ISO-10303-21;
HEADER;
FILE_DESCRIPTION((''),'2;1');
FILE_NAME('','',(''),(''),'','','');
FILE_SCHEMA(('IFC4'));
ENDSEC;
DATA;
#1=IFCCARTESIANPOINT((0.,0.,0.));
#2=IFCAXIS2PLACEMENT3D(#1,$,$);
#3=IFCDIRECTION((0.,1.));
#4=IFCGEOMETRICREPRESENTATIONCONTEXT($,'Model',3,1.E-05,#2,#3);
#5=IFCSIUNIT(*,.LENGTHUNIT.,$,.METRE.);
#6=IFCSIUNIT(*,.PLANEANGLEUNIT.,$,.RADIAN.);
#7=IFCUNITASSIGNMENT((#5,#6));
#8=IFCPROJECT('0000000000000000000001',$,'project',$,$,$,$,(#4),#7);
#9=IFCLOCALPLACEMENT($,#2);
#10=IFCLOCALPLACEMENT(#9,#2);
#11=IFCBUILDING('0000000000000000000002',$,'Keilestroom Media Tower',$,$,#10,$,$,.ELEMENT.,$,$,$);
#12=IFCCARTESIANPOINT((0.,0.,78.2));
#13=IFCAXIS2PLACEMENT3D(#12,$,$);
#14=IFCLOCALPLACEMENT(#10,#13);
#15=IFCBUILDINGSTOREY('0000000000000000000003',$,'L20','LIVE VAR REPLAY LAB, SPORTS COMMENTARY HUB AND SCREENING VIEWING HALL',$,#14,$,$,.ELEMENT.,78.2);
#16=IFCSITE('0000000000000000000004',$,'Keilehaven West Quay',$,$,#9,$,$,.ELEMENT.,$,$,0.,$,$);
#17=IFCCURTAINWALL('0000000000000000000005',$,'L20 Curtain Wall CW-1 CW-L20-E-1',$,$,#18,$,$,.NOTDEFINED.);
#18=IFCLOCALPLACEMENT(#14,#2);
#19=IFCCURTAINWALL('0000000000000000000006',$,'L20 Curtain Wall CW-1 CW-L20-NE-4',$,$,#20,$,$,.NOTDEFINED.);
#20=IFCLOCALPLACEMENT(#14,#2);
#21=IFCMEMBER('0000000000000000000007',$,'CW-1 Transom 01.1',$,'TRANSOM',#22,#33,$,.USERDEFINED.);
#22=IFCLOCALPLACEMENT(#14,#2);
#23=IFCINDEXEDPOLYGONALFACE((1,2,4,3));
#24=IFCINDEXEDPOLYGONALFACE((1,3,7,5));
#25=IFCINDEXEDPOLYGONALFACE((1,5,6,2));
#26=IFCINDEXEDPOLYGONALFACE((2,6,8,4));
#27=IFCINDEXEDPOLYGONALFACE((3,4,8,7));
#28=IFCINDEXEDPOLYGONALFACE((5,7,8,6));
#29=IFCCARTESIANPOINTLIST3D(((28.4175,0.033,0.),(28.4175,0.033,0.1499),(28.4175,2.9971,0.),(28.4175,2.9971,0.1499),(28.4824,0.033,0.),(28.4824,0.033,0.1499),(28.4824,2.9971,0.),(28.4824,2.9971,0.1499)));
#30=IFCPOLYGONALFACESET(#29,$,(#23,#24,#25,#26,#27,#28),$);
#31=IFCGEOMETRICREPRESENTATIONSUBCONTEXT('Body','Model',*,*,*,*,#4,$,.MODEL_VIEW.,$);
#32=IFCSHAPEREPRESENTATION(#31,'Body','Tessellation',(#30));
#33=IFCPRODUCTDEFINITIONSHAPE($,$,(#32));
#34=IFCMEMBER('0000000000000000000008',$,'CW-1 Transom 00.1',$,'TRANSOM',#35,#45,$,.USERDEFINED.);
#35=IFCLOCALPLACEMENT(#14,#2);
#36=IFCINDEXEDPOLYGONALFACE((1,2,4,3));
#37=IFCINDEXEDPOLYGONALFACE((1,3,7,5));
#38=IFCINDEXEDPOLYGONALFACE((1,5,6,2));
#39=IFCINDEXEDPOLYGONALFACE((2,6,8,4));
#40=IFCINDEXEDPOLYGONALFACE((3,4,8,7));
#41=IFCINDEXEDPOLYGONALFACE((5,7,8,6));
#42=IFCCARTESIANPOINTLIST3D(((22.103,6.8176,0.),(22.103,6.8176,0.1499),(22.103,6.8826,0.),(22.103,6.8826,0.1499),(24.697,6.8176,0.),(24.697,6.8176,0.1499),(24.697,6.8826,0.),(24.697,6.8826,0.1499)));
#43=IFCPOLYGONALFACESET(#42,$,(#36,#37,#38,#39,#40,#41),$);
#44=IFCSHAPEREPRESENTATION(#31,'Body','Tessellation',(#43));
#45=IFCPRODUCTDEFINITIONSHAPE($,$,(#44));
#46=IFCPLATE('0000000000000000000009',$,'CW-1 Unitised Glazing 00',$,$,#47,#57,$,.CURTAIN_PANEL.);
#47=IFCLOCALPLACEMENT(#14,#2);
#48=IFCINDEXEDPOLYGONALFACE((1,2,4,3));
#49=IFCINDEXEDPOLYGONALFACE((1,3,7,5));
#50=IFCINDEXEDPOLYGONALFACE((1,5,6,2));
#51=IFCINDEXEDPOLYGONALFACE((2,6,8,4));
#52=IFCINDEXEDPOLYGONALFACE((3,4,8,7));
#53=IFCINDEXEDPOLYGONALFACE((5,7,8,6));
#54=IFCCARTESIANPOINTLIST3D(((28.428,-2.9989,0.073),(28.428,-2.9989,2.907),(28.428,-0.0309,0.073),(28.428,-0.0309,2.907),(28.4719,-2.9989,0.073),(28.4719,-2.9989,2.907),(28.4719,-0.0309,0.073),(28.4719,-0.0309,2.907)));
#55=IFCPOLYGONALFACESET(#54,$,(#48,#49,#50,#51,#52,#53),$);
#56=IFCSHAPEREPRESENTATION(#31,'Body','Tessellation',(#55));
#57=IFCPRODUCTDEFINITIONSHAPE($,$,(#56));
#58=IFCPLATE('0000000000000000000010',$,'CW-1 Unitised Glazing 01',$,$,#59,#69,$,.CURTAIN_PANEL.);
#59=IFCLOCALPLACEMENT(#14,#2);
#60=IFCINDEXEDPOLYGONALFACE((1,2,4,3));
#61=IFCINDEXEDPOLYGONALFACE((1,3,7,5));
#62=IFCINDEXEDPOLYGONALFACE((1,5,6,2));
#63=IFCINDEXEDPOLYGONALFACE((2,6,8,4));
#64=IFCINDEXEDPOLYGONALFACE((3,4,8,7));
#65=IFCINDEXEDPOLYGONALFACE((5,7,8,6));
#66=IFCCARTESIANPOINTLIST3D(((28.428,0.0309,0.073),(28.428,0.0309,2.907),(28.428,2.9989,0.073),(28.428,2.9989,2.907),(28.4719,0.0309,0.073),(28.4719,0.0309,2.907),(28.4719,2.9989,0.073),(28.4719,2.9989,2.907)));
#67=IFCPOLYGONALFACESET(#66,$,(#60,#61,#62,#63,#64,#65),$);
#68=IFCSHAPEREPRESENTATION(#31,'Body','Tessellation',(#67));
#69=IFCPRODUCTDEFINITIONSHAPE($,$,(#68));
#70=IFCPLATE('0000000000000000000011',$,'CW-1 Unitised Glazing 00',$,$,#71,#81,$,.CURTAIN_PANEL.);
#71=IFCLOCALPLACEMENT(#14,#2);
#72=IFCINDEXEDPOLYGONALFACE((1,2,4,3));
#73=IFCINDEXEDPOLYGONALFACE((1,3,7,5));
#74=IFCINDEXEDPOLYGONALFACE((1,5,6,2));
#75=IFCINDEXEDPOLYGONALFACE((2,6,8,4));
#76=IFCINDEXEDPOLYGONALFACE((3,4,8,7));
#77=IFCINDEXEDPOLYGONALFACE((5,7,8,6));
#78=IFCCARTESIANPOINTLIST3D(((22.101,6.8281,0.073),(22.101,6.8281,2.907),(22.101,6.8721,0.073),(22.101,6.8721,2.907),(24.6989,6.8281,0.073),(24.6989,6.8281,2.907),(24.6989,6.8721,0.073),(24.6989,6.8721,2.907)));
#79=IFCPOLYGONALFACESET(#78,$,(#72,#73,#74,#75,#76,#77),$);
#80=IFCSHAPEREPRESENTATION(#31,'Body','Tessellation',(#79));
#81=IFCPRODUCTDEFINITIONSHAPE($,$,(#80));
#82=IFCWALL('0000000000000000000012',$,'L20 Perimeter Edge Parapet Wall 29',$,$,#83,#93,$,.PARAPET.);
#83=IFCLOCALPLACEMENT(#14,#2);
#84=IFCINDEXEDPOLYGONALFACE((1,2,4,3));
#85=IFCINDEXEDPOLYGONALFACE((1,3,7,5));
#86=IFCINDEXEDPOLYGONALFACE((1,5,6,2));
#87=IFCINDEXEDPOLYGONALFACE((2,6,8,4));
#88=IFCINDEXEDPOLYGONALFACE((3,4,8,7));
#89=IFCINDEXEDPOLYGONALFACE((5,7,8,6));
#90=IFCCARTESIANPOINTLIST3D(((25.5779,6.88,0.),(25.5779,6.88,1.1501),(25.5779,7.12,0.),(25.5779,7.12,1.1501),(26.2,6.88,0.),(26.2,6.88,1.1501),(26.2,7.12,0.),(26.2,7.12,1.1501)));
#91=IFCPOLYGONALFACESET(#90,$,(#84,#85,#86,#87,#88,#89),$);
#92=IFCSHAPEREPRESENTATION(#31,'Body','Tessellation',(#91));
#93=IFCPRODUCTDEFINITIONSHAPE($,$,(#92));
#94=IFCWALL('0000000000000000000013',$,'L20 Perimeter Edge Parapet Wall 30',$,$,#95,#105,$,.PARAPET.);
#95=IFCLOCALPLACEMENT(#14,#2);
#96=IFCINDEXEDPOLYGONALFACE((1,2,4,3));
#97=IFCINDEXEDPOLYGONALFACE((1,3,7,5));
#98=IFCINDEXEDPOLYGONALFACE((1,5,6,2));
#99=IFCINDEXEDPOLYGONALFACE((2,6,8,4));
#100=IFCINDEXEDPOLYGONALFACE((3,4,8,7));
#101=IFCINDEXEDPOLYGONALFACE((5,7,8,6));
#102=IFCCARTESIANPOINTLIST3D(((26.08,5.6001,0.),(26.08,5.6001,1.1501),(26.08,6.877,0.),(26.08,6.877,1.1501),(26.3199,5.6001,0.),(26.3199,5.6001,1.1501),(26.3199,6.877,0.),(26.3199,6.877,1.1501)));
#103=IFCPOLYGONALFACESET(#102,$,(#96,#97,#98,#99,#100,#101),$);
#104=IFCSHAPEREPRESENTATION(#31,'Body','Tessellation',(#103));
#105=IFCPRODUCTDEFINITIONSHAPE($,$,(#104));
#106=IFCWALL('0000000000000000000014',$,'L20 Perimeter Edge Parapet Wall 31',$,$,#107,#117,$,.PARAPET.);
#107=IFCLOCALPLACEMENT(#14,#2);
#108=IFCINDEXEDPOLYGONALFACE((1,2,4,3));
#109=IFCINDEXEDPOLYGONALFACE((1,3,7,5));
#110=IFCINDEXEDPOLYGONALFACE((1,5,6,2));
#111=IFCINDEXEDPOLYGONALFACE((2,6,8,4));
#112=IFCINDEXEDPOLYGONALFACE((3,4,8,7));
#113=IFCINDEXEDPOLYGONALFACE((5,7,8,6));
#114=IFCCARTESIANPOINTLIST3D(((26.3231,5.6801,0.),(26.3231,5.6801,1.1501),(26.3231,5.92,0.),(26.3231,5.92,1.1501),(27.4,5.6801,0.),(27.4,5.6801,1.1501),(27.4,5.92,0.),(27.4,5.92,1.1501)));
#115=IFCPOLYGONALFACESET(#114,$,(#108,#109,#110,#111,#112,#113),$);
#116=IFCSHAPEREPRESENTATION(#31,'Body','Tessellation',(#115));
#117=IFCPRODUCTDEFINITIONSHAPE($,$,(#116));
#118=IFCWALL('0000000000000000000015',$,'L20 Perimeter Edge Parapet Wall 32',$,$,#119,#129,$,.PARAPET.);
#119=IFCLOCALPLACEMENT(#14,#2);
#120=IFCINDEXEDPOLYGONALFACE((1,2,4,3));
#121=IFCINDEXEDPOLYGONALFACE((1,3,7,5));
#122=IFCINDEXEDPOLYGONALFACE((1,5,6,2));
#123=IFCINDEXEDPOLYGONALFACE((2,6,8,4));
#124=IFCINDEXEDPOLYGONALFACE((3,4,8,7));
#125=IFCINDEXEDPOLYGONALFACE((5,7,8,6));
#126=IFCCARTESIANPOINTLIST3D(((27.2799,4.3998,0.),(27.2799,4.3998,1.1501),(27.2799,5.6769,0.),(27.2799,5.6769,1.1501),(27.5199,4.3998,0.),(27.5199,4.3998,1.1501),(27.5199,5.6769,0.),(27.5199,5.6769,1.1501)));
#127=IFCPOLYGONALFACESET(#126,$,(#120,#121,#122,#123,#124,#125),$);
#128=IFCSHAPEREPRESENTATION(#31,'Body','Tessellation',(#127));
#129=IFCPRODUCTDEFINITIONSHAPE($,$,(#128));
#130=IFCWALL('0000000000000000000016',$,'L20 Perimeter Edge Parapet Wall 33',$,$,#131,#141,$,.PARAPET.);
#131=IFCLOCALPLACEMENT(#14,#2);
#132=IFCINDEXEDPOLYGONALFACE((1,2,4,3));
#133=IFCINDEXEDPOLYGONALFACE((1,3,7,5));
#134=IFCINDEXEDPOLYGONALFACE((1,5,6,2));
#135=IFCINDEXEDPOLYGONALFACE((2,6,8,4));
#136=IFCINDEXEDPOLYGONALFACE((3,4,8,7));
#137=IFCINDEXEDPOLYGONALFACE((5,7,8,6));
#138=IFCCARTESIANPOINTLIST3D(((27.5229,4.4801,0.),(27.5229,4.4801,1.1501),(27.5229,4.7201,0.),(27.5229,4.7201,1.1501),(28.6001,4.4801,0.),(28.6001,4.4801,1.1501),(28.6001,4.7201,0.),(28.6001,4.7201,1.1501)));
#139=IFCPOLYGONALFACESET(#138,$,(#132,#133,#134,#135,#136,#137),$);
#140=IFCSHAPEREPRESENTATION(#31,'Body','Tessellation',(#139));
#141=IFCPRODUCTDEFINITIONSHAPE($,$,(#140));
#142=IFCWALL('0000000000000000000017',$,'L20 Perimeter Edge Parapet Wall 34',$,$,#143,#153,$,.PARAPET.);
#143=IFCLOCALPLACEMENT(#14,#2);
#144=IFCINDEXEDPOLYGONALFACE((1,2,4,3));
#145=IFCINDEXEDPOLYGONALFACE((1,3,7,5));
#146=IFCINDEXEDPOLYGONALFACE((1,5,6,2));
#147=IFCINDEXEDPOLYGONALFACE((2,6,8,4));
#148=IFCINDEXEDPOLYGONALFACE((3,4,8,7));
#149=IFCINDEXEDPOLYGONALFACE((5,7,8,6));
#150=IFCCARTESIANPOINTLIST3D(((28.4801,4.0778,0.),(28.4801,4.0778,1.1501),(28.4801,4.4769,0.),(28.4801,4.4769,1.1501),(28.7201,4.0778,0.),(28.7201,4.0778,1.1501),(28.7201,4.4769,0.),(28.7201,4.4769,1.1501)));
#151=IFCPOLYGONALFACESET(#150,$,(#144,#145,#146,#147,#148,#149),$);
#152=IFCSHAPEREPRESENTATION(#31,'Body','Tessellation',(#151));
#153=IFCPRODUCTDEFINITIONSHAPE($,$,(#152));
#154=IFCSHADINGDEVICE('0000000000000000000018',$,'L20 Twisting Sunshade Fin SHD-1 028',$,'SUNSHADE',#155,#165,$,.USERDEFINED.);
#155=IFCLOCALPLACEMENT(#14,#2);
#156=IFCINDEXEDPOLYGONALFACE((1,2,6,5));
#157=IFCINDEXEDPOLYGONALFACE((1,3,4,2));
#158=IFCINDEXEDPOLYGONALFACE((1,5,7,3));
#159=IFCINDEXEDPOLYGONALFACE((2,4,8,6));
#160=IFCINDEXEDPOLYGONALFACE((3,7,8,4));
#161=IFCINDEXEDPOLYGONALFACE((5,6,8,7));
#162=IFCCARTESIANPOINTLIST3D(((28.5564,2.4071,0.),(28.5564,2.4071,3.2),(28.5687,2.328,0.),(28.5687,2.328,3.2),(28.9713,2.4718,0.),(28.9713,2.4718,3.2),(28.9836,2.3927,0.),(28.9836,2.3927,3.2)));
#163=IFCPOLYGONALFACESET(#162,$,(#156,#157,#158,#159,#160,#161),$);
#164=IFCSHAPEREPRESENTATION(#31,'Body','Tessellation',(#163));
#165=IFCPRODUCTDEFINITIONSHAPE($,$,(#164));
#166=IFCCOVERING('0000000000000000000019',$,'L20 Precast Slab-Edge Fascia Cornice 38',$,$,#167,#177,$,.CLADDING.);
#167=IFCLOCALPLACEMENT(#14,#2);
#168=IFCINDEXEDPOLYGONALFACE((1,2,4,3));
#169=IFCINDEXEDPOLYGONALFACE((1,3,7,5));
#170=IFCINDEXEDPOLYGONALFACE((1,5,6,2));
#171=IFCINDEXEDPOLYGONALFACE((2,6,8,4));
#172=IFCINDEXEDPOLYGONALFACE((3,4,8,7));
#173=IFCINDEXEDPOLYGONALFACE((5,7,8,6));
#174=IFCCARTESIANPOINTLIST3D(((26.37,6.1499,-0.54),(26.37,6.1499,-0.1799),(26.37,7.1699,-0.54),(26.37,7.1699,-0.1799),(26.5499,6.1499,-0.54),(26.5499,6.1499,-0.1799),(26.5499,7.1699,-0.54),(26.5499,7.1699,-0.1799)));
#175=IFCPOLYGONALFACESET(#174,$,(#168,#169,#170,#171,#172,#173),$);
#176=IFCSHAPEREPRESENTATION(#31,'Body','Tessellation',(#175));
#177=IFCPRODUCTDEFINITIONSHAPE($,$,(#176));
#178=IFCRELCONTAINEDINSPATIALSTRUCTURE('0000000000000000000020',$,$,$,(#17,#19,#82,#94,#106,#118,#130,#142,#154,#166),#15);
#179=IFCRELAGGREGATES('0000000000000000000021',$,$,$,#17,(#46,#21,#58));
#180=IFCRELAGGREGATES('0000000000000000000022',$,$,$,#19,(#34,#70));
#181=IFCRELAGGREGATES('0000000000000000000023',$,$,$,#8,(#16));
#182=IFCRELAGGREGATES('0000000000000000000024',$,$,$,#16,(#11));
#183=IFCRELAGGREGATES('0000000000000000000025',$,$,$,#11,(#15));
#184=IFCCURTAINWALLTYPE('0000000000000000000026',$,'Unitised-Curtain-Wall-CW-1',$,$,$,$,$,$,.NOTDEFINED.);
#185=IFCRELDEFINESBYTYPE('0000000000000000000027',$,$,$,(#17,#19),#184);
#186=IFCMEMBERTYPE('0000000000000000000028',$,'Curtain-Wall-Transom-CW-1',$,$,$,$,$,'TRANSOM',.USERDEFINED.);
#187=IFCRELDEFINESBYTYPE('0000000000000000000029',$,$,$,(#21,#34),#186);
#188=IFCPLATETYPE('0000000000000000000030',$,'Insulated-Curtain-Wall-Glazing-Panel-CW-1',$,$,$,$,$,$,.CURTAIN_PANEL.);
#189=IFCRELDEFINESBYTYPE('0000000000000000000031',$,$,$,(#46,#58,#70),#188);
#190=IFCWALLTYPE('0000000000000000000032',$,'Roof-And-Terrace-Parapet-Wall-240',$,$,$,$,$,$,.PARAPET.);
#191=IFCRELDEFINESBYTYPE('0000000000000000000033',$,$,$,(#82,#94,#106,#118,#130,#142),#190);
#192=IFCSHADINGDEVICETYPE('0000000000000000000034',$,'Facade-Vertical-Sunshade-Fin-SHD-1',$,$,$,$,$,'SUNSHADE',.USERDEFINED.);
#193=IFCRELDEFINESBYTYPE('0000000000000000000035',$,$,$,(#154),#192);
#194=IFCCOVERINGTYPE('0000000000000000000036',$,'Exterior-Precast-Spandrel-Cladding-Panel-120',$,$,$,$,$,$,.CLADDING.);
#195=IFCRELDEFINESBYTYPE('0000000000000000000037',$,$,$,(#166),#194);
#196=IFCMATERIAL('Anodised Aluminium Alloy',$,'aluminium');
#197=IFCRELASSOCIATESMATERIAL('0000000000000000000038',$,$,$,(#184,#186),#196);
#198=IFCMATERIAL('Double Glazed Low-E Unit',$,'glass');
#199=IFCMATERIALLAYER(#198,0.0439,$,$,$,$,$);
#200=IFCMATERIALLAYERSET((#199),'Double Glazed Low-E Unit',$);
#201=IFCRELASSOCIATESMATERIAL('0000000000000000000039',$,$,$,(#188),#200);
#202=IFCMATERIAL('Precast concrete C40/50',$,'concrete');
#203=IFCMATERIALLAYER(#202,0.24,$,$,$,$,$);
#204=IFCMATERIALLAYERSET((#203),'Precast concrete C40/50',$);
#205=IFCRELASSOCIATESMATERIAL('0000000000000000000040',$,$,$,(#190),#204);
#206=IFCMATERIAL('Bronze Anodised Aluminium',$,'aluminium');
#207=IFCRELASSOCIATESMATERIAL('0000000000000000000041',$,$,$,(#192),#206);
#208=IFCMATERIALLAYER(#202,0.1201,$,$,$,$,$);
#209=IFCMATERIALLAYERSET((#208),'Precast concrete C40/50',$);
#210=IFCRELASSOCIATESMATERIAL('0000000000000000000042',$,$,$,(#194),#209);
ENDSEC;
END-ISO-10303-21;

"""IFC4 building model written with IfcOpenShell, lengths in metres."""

from ifc_helpers import new_model, si_unit, direction, frame, frame_2d, origin, origin_2d, place, context, subcontext, project, spatial, rectangle, extrude, source, transform, mapped, material, layer, layer_set, material_profile, profile_set, type_object, element, aggregate, save


model = new_model("IFC4")

# Units and contexts
model_context = context("Model", 3, precision=1e-05, world=origin(), true_north=direction((0.0, 1.0)))
body_context = subcontext(model_context, "Body", "Model", "MODEL_VIEW")
ifc_project = project(units=[si_unit("LENGTHUNIT", "METRE"), si_unit("PLANEANGLEUNIT", "RADIAN")], contexts=[model_context])

# Site, building, storey
site_placement = place(None, origin())
site = spatial("IfcSite", under=ifc_project, at=site_placement, Name="Keilehaven West Quay", CompositionType="ELEMENT", RefElevation=0.0)
building_placement = place(site_placement, origin())
building = spatial("IfcBuilding", under=site, at=building_placement, Name="Keilestroom Media Tower", CompositionType="ELEMENT")
storey_placement = place(building_placement, frame((0.0, 0.0, 78.2)))
storey = spatial("IfcBuildingStorey", under=building, at=storey_placement, Name="L20", Description="LIVE VAR REPLAY LAB, SPORTS COMMENTARY HUB AND SCREENING VIEWING HALL", CompositionType="ELEMENT", Elevation=78.2)

# Shared definitions
ifc_material_1 = material(Name="Precast concrete C40/50", Category="concrete")

# Curtain walls
ifc_material_2 = material(Name="Anodised Aluminium Alloy", Category="aluminium")
curtain_wall_type = type_object("IfcCurtainWallType", Name="Unitised-Curtain-Wall-CW-1", PredefinedType="NOTDEFINED", material=ifc_material_2)
curtain_wall_1_placement = place(storey_placement, origin())
curtain_wall_1 = element("IfcCurtainWall", 1, at=curtain_wall_1_placement, inside=storey, type_object=curtain_wall_type, Name="L20 Curtain Wall CW-1 CW-L20-E-1", PredefinedType="NOTDEFINED")
curtain_wall_2_placement = place(storey_placement, origin())
curtain_wall_2 = element("IfcCurtainWall", 2, at=curtain_wall_2_placement, inside=storey, type_object=curtain_wall_type, Name="L20 Curtain Wall CW-1 CW-L20-NE-4", PredefinedType="NOTDEFINED")

# Members
ifc_material_profile_1 = material_profile(ifc_material_2, rectangle(XDim=0.0649, YDim=0.1499, at=origin_2d()), Name="ALU TRANSOM 65x150")
ifc_profile_set_1 = profile_set([ifc_material_profile_1], Name="Anodised Aluminium Alloy")
member_type_1 = type_object("IfcMemberType", Name="Curtain-Wall-Transom-CW-1", ElementType="TRANSOM", PredefinedType="USERDEFINED", material=ifc_profile_set_1)
shared_shape_1 = source(origin(), body_context, "Body", "SweptSolid", [
    extrude(rectangle(XDim=0.0649, YDim=0.1499, at=origin_2d()), origin(), (0.0, 0.0, 1.0), 2.9641),
])
member_1_placement = place(storey_placement, frame((28.45, 0.033, 0.075), z_axis=(0.0, 1.0, 0.0), x_axis=(-1.0, 0.0, 0.0)))
member_1 = element("IfcMember", 3, at=member_1_placement, type_object=member_type_1, Name="CW-1 Transom 01.1", ObjectType="TRANSOM", PredefinedType="USERDEFINED", context=body_context, shape_type="MappedRepresentation", body=[
    mapped(shared_shape_1, transform((0.0, 0.0, 0.0), x_axis=(1.0, 0.0, 0.0), y_axis=(0.0, 1.0, 0.0), z_axis=(0.0, 0.0, 1.0), scale=1.0)),
])
shared_shape_2 = source(origin(), body_context, "Body", "SweptSolid", [
    extrude(rectangle(XDim=0.0649, YDim=0.1499, at=origin_2d()), origin(), (0.0, 0.0, 1.0), 2.594),
])
member_2_placement = place(storey_placement, frame((22.103, 6.8501, 0.075), z_axis=(1.0, 0.0, 0.0), x_axis=(0.0, 1.0, 0.0)))
member_2 = element("IfcMember", 4, at=member_2_placement, type_object=member_type_1, Name="CW-1 Transom 00.1", ObjectType="TRANSOM", PredefinedType="USERDEFINED", context=body_context, shape_type="MappedRepresentation", body=[
    mapped(shared_shape_2, transform((0.0, 0.0, 0.0), x_axis=(1.0, 0.0, 0.0), y_axis=(0.0, 1.0, 0.0), z_axis=(0.0, 0.0, 1.0), scale=1.0)),
])

# Plates
ifc_material_3 = material(Name="Double Glazed Low-E Unit", Category="glass")
ifc_layer_1 = layer(ifc_material_3, 0.0439)
ifc_layer_set_1 = layer_set([ifc_layer_1], Name="Double Glazed Low-E Unit")
plate_type = type_object("IfcPlateType", Name="Insulated-Curtain-Wall-Glazing-Panel-CW-1", PredefinedType="CURTAIN_PANEL", material=ifc_layer_set_1)
shared_shape_3 = source(origin(), body_context, "Body", "SweptSolid", [
    extrude(rectangle(XDim=2.968, YDim=0.0439, at=origin_2d()), origin(), (0.0, 0.0, 1.0), 2.834),
])
plate_1_placement = place(storey_placement, frame((28.45, -1.5149, 0.073), z_axis=(0.0, 0.0, 1.0), x_axis=(0.0, 1.0, 0.0)))
plate_1 = element("IfcPlate", 5, at=plate_1_placement, type_object=plate_type, Name="CW-1 Unitised Glazing 00", PredefinedType="CURTAIN_PANEL", context=body_context, shape_type="MappedRepresentation", body=[
    mapped(shared_shape_3, transform((0.0, 0.0, 0.0), x_axis=(1.0, 0.0, 0.0), y_axis=(0.0, 1.0, 0.0), z_axis=(0.0, 0.0, 1.0), scale=1.0)),
])
plate_2_placement = place(storey_placement, frame((28.45, 1.5149, 0.073), z_axis=(0.0, 0.0, 1.0), x_axis=(0.0, 1.0, 0.0)))
plate_2 = element("IfcPlate", 6, at=plate_2_placement, type_object=plate_type, Name="CW-1 Unitised Glazing 01", PredefinedType="CURTAIN_PANEL", context=body_context, shape_type="MappedRepresentation", body=[
    mapped(shared_shape_3, transform((0.0, 0.0, 0.0), x_axis=(1.0, 0.0, 0.0), y_axis=(0.0, 1.0, 0.0), z_axis=(0.0, 0.0, 1.0), scale=1.0)),
])
aggregate(curtain_wall_1, [plate_1, member_1, plate_2])
shared_shape_4 = source(origin(), body_context, "Body", "SweptSolid", [
    extrude(rectangle(XDim=2.5979, YDim=0.0439, at=origin_2d()), origin(), (0.0, 0.0, 1.0), 2.834),
])
plate_3_placement = place(storey_placement, frame((23.3999, 6.8501, 0.073), z_axis=(0.0, 0.0, 1.0), x_axis=(1.0, 0.0, 0.0)))
plate_3 = element("IfcPlate", 7, at=plate_3_placement, type_object=plate_type, Name="CW-1 Unitised Glazing 00", PredefinedType="CURTAIN_PANEL", context=body_context, shape_type="MappedRepresentation", body=[
    mapped(shared_shape_4, transform((0.0, 0.0, 0.0), x_axis=(1.0, 0.0, 0.0), y_axis=(0.0, 1.0, 0.0), z_axis=(0.0, 0.0, 1.0), scale=1.0)),
])
aggregate(curtain_wall_2, [member_2, plate_3])

# Walls
ifc_layer_2 = layer(ifc_material_1, 0.24)
ifc_layer_set_2 = layer_set([ifc_layer_2], Name="Precast concrete C40/50")
wall_type = type_object("IfcWallType", Name="Roof-And-Terrace-Parapet-Wall-240", PredefinedType="PARAPET", material=ifc_layer_set_2)
wall_1_placement = place(storey_placement, frame((25.5779, 7.0, 0.0), z_axis=(0.0, 0.0, 1.0), x_axis=(1.0, 0.0, 0.0)))
element("IfcWall", 8, at=wall_1_placement, inside=storey, type_object=wall_type, Name="L20 Perimeter Edge Parapet Wall 29", PredefinedType="PARAPET", context=body_context, shape_type="SweptSolid", body=[
    extrude(rectangle(XDim=0.6221, YDim=0.24, at=frame_2d((0.311, 0.0))), origin(), (0.0, 0.0, 1.0), 1.1501),
])
wall_2_placement = place(storey_placement, frame((26.2, 6.877, 0.0), z_axis=(0.0, 0.0, 1.0), x_axis=(0.0, -1.0, 0.0)))
element("IfcWall", 9, at=wall_2_placement, inside=storey, type_object=wall_type, Name="L20 Perimeter Edge Parapet Wall 30", PredefinedType="PARAPET", context=body_context, shape_type="SweptSolid", body=[
    extrude(rectangle(XDim=1.2769, YDim=0.24, at=frame_2d((0.6384, 0.0))), origin(), (0.0, 0.0, 1.0), 1.1501),
])
wall_3_placement = place(storey_placement, frame((26.323, 5.8, 0.0), z_axis=(0.0, 0.0, 1.0), x_axis=(1.0, 0.0, 0.0)))
element("IfcWall", 10, at=wall_3_placement, inside=storey, type_object=wall_type, Name="L20 Perimeter Edge Parapet Wall 31", PredefinedType="PARAPET", context=body_context, shape_type="SweptSolid", body=[
    extrude(rectangle(XDim=1.0769, YDim=0.24, at=frame_2d((0.5386, 0.0))), origin(), (0.0, 0.0, 1.0), 1.1501),
])
wall_4_placement = place(storey_placement, frame((27.3999, 5.677, 0.0), z_axis=(0.0, 0.0, 1.0), x_axis=(0.0, -1.0, 0.0)))
element("IfcWall", 11, at=wall_4_placement, inside=storey, type_object=wall_type, Name="L20 Perimeter Edge Parapet Wall 32", PredefinedType="PARAPET", context=body_context, shape_type="SweptSolid", body=[
    extrude(rectangle(XDim=1.2771, YDim=0.24, at=frame_2d((0.6387, 0.0))), origin(), (0.0, 0.0, 1.0), 1.1501),
])
wall_5_placement = place(storey_placement, frame((27.5229, 4.6001, 0.0), z_axis=(0.0, 0.0, 1.0), x_axis=(1.0, 0.0, 0.0)))
element("IfcWall", 12, at=wall_5_placement, inside=storey, type_object=wall_type, Name="L20 Perimeter Edge Parapet Wall 33", PredefinedType="PARAPET", context=body_context, shape_type="SweptSolid", body=[
    extrude(rectangle(XDim=1.0771, YDim=0.24, at=frame_2d((0.5386, 0.0))), origin(), (0.0, 0.0, 1.0), 1.1501),
])
wall_6_placement = place(storey_placement, frame((28.6001, 4.4771, 0.0), z_axis=(0.0, 0.0, 1.0), x_axis=(0.0, -1.0, 0.0)))
element("IfcWall", 13, at=wall_6_placement, inside=storey, type_object=wall_type, Name="L20 Perimeter Edge Parapet Wall 34", PredefinedType="PARAPET", context=body_context, shape_type="SweptSolid", body=[
    extrude(rectangle(XDim=0.3992, YDim=0.24, at=frame_2d((0.1997, 0.0))), origin(), (0.0, 0.0, 1.0), 1.1501),
])

# Shading device
ifc_material_4 = material(Name="Bronze Anodised Aluminium", Category="aluminium")
shading_device_type = type_object("IfcShadingDeviceType", Name="Facade-Vertical-Sunshade-Fin-SHD-1", ElementType="SUNSHADE", PredefinedType="USERDEFINED", material=ifc_material_4)
shared_shape_5 = source(origin(), body_context, "Body", "SweptSolid", [
    extrude(rectangle(XDim=0.4199, YDim=0.0801, at=origin_2d()), origin(), (0.0, 0.0, 1.0), 3.2),
])
shading_device_placement = place(storey_placement, frame((28.77, 2.3999, 0.0), z_axis=(0.0, 0.0, 1.0), x_axis=(0.988041, 0.154193, 0.0)))
element("IfcShadingDevice", 14, at=shading_device_placement, inside=storey, type_object=shading_device_type, Name="L20 Twisting Sunshade Fin SHD-1 028", ObjectType="SUNSHADE", PredefinedType="USERDEFINED", context=body_context, shape_type="MappedRepresentation", body=[
    mapped(shared_shape_5, transform((0.0, 0.0, 0.0), x_axis=(1.0, 0.0, 0.0), y_axis=(0.0, 1.0, 0.0), z_axis=(0.0, 0.0, 1.0), scale=1.0)),
])

# Covering
ifc_layer_3 = layer(ifc_material_1, 0.1201)
ifc_layer_set_3 = layer_set([ifc_layer_3], Name="Precast concrete C40/50")
covering_type = type_object("IfcCoveringType", Name="Exterior-Precast-Spandrel-Cladding-Panel-120", PredefinedType="CLADDING", material=ifc_layer_set_3)
shared_shape_6 = source(origin(), body_context, "Body", "SweptSolid", [
    extrude(rectangle(XDim=1.02, YDim=0.1799, at=origin_2d()), origin(), (0.0, 0.0, 1.0), 0.3601),
])
for number, where, z_axis, x_axis, name in (
    (15, (26.46, 6.6599, -0.54), (0.0, 0.0, 1.0), (0.0, -1.0, 0.0), "L20 Precast Slab-Edge Fascia Cornice 38"),
):
    element("IfcCovering", number, at=place(storey_placement, frame(where, z_axis=z_axis, x_axis=x_axis)), inside=storey, type_object=covering_type, Name=name, PredefinedType="CLADDING", context=body_context, shape_type="MappedRepresentation", body=[
        mapped(shared_shape_6, transform((0.0, 0.0, 0.0), x_axis=(1.0, 0.0, 0.0), y_axis=(0.0, 1.0, 0.0), z_axis=(0.0, 0.0, 1.0), scale=1.0)),
    ])

save(model, "model.ifc")
